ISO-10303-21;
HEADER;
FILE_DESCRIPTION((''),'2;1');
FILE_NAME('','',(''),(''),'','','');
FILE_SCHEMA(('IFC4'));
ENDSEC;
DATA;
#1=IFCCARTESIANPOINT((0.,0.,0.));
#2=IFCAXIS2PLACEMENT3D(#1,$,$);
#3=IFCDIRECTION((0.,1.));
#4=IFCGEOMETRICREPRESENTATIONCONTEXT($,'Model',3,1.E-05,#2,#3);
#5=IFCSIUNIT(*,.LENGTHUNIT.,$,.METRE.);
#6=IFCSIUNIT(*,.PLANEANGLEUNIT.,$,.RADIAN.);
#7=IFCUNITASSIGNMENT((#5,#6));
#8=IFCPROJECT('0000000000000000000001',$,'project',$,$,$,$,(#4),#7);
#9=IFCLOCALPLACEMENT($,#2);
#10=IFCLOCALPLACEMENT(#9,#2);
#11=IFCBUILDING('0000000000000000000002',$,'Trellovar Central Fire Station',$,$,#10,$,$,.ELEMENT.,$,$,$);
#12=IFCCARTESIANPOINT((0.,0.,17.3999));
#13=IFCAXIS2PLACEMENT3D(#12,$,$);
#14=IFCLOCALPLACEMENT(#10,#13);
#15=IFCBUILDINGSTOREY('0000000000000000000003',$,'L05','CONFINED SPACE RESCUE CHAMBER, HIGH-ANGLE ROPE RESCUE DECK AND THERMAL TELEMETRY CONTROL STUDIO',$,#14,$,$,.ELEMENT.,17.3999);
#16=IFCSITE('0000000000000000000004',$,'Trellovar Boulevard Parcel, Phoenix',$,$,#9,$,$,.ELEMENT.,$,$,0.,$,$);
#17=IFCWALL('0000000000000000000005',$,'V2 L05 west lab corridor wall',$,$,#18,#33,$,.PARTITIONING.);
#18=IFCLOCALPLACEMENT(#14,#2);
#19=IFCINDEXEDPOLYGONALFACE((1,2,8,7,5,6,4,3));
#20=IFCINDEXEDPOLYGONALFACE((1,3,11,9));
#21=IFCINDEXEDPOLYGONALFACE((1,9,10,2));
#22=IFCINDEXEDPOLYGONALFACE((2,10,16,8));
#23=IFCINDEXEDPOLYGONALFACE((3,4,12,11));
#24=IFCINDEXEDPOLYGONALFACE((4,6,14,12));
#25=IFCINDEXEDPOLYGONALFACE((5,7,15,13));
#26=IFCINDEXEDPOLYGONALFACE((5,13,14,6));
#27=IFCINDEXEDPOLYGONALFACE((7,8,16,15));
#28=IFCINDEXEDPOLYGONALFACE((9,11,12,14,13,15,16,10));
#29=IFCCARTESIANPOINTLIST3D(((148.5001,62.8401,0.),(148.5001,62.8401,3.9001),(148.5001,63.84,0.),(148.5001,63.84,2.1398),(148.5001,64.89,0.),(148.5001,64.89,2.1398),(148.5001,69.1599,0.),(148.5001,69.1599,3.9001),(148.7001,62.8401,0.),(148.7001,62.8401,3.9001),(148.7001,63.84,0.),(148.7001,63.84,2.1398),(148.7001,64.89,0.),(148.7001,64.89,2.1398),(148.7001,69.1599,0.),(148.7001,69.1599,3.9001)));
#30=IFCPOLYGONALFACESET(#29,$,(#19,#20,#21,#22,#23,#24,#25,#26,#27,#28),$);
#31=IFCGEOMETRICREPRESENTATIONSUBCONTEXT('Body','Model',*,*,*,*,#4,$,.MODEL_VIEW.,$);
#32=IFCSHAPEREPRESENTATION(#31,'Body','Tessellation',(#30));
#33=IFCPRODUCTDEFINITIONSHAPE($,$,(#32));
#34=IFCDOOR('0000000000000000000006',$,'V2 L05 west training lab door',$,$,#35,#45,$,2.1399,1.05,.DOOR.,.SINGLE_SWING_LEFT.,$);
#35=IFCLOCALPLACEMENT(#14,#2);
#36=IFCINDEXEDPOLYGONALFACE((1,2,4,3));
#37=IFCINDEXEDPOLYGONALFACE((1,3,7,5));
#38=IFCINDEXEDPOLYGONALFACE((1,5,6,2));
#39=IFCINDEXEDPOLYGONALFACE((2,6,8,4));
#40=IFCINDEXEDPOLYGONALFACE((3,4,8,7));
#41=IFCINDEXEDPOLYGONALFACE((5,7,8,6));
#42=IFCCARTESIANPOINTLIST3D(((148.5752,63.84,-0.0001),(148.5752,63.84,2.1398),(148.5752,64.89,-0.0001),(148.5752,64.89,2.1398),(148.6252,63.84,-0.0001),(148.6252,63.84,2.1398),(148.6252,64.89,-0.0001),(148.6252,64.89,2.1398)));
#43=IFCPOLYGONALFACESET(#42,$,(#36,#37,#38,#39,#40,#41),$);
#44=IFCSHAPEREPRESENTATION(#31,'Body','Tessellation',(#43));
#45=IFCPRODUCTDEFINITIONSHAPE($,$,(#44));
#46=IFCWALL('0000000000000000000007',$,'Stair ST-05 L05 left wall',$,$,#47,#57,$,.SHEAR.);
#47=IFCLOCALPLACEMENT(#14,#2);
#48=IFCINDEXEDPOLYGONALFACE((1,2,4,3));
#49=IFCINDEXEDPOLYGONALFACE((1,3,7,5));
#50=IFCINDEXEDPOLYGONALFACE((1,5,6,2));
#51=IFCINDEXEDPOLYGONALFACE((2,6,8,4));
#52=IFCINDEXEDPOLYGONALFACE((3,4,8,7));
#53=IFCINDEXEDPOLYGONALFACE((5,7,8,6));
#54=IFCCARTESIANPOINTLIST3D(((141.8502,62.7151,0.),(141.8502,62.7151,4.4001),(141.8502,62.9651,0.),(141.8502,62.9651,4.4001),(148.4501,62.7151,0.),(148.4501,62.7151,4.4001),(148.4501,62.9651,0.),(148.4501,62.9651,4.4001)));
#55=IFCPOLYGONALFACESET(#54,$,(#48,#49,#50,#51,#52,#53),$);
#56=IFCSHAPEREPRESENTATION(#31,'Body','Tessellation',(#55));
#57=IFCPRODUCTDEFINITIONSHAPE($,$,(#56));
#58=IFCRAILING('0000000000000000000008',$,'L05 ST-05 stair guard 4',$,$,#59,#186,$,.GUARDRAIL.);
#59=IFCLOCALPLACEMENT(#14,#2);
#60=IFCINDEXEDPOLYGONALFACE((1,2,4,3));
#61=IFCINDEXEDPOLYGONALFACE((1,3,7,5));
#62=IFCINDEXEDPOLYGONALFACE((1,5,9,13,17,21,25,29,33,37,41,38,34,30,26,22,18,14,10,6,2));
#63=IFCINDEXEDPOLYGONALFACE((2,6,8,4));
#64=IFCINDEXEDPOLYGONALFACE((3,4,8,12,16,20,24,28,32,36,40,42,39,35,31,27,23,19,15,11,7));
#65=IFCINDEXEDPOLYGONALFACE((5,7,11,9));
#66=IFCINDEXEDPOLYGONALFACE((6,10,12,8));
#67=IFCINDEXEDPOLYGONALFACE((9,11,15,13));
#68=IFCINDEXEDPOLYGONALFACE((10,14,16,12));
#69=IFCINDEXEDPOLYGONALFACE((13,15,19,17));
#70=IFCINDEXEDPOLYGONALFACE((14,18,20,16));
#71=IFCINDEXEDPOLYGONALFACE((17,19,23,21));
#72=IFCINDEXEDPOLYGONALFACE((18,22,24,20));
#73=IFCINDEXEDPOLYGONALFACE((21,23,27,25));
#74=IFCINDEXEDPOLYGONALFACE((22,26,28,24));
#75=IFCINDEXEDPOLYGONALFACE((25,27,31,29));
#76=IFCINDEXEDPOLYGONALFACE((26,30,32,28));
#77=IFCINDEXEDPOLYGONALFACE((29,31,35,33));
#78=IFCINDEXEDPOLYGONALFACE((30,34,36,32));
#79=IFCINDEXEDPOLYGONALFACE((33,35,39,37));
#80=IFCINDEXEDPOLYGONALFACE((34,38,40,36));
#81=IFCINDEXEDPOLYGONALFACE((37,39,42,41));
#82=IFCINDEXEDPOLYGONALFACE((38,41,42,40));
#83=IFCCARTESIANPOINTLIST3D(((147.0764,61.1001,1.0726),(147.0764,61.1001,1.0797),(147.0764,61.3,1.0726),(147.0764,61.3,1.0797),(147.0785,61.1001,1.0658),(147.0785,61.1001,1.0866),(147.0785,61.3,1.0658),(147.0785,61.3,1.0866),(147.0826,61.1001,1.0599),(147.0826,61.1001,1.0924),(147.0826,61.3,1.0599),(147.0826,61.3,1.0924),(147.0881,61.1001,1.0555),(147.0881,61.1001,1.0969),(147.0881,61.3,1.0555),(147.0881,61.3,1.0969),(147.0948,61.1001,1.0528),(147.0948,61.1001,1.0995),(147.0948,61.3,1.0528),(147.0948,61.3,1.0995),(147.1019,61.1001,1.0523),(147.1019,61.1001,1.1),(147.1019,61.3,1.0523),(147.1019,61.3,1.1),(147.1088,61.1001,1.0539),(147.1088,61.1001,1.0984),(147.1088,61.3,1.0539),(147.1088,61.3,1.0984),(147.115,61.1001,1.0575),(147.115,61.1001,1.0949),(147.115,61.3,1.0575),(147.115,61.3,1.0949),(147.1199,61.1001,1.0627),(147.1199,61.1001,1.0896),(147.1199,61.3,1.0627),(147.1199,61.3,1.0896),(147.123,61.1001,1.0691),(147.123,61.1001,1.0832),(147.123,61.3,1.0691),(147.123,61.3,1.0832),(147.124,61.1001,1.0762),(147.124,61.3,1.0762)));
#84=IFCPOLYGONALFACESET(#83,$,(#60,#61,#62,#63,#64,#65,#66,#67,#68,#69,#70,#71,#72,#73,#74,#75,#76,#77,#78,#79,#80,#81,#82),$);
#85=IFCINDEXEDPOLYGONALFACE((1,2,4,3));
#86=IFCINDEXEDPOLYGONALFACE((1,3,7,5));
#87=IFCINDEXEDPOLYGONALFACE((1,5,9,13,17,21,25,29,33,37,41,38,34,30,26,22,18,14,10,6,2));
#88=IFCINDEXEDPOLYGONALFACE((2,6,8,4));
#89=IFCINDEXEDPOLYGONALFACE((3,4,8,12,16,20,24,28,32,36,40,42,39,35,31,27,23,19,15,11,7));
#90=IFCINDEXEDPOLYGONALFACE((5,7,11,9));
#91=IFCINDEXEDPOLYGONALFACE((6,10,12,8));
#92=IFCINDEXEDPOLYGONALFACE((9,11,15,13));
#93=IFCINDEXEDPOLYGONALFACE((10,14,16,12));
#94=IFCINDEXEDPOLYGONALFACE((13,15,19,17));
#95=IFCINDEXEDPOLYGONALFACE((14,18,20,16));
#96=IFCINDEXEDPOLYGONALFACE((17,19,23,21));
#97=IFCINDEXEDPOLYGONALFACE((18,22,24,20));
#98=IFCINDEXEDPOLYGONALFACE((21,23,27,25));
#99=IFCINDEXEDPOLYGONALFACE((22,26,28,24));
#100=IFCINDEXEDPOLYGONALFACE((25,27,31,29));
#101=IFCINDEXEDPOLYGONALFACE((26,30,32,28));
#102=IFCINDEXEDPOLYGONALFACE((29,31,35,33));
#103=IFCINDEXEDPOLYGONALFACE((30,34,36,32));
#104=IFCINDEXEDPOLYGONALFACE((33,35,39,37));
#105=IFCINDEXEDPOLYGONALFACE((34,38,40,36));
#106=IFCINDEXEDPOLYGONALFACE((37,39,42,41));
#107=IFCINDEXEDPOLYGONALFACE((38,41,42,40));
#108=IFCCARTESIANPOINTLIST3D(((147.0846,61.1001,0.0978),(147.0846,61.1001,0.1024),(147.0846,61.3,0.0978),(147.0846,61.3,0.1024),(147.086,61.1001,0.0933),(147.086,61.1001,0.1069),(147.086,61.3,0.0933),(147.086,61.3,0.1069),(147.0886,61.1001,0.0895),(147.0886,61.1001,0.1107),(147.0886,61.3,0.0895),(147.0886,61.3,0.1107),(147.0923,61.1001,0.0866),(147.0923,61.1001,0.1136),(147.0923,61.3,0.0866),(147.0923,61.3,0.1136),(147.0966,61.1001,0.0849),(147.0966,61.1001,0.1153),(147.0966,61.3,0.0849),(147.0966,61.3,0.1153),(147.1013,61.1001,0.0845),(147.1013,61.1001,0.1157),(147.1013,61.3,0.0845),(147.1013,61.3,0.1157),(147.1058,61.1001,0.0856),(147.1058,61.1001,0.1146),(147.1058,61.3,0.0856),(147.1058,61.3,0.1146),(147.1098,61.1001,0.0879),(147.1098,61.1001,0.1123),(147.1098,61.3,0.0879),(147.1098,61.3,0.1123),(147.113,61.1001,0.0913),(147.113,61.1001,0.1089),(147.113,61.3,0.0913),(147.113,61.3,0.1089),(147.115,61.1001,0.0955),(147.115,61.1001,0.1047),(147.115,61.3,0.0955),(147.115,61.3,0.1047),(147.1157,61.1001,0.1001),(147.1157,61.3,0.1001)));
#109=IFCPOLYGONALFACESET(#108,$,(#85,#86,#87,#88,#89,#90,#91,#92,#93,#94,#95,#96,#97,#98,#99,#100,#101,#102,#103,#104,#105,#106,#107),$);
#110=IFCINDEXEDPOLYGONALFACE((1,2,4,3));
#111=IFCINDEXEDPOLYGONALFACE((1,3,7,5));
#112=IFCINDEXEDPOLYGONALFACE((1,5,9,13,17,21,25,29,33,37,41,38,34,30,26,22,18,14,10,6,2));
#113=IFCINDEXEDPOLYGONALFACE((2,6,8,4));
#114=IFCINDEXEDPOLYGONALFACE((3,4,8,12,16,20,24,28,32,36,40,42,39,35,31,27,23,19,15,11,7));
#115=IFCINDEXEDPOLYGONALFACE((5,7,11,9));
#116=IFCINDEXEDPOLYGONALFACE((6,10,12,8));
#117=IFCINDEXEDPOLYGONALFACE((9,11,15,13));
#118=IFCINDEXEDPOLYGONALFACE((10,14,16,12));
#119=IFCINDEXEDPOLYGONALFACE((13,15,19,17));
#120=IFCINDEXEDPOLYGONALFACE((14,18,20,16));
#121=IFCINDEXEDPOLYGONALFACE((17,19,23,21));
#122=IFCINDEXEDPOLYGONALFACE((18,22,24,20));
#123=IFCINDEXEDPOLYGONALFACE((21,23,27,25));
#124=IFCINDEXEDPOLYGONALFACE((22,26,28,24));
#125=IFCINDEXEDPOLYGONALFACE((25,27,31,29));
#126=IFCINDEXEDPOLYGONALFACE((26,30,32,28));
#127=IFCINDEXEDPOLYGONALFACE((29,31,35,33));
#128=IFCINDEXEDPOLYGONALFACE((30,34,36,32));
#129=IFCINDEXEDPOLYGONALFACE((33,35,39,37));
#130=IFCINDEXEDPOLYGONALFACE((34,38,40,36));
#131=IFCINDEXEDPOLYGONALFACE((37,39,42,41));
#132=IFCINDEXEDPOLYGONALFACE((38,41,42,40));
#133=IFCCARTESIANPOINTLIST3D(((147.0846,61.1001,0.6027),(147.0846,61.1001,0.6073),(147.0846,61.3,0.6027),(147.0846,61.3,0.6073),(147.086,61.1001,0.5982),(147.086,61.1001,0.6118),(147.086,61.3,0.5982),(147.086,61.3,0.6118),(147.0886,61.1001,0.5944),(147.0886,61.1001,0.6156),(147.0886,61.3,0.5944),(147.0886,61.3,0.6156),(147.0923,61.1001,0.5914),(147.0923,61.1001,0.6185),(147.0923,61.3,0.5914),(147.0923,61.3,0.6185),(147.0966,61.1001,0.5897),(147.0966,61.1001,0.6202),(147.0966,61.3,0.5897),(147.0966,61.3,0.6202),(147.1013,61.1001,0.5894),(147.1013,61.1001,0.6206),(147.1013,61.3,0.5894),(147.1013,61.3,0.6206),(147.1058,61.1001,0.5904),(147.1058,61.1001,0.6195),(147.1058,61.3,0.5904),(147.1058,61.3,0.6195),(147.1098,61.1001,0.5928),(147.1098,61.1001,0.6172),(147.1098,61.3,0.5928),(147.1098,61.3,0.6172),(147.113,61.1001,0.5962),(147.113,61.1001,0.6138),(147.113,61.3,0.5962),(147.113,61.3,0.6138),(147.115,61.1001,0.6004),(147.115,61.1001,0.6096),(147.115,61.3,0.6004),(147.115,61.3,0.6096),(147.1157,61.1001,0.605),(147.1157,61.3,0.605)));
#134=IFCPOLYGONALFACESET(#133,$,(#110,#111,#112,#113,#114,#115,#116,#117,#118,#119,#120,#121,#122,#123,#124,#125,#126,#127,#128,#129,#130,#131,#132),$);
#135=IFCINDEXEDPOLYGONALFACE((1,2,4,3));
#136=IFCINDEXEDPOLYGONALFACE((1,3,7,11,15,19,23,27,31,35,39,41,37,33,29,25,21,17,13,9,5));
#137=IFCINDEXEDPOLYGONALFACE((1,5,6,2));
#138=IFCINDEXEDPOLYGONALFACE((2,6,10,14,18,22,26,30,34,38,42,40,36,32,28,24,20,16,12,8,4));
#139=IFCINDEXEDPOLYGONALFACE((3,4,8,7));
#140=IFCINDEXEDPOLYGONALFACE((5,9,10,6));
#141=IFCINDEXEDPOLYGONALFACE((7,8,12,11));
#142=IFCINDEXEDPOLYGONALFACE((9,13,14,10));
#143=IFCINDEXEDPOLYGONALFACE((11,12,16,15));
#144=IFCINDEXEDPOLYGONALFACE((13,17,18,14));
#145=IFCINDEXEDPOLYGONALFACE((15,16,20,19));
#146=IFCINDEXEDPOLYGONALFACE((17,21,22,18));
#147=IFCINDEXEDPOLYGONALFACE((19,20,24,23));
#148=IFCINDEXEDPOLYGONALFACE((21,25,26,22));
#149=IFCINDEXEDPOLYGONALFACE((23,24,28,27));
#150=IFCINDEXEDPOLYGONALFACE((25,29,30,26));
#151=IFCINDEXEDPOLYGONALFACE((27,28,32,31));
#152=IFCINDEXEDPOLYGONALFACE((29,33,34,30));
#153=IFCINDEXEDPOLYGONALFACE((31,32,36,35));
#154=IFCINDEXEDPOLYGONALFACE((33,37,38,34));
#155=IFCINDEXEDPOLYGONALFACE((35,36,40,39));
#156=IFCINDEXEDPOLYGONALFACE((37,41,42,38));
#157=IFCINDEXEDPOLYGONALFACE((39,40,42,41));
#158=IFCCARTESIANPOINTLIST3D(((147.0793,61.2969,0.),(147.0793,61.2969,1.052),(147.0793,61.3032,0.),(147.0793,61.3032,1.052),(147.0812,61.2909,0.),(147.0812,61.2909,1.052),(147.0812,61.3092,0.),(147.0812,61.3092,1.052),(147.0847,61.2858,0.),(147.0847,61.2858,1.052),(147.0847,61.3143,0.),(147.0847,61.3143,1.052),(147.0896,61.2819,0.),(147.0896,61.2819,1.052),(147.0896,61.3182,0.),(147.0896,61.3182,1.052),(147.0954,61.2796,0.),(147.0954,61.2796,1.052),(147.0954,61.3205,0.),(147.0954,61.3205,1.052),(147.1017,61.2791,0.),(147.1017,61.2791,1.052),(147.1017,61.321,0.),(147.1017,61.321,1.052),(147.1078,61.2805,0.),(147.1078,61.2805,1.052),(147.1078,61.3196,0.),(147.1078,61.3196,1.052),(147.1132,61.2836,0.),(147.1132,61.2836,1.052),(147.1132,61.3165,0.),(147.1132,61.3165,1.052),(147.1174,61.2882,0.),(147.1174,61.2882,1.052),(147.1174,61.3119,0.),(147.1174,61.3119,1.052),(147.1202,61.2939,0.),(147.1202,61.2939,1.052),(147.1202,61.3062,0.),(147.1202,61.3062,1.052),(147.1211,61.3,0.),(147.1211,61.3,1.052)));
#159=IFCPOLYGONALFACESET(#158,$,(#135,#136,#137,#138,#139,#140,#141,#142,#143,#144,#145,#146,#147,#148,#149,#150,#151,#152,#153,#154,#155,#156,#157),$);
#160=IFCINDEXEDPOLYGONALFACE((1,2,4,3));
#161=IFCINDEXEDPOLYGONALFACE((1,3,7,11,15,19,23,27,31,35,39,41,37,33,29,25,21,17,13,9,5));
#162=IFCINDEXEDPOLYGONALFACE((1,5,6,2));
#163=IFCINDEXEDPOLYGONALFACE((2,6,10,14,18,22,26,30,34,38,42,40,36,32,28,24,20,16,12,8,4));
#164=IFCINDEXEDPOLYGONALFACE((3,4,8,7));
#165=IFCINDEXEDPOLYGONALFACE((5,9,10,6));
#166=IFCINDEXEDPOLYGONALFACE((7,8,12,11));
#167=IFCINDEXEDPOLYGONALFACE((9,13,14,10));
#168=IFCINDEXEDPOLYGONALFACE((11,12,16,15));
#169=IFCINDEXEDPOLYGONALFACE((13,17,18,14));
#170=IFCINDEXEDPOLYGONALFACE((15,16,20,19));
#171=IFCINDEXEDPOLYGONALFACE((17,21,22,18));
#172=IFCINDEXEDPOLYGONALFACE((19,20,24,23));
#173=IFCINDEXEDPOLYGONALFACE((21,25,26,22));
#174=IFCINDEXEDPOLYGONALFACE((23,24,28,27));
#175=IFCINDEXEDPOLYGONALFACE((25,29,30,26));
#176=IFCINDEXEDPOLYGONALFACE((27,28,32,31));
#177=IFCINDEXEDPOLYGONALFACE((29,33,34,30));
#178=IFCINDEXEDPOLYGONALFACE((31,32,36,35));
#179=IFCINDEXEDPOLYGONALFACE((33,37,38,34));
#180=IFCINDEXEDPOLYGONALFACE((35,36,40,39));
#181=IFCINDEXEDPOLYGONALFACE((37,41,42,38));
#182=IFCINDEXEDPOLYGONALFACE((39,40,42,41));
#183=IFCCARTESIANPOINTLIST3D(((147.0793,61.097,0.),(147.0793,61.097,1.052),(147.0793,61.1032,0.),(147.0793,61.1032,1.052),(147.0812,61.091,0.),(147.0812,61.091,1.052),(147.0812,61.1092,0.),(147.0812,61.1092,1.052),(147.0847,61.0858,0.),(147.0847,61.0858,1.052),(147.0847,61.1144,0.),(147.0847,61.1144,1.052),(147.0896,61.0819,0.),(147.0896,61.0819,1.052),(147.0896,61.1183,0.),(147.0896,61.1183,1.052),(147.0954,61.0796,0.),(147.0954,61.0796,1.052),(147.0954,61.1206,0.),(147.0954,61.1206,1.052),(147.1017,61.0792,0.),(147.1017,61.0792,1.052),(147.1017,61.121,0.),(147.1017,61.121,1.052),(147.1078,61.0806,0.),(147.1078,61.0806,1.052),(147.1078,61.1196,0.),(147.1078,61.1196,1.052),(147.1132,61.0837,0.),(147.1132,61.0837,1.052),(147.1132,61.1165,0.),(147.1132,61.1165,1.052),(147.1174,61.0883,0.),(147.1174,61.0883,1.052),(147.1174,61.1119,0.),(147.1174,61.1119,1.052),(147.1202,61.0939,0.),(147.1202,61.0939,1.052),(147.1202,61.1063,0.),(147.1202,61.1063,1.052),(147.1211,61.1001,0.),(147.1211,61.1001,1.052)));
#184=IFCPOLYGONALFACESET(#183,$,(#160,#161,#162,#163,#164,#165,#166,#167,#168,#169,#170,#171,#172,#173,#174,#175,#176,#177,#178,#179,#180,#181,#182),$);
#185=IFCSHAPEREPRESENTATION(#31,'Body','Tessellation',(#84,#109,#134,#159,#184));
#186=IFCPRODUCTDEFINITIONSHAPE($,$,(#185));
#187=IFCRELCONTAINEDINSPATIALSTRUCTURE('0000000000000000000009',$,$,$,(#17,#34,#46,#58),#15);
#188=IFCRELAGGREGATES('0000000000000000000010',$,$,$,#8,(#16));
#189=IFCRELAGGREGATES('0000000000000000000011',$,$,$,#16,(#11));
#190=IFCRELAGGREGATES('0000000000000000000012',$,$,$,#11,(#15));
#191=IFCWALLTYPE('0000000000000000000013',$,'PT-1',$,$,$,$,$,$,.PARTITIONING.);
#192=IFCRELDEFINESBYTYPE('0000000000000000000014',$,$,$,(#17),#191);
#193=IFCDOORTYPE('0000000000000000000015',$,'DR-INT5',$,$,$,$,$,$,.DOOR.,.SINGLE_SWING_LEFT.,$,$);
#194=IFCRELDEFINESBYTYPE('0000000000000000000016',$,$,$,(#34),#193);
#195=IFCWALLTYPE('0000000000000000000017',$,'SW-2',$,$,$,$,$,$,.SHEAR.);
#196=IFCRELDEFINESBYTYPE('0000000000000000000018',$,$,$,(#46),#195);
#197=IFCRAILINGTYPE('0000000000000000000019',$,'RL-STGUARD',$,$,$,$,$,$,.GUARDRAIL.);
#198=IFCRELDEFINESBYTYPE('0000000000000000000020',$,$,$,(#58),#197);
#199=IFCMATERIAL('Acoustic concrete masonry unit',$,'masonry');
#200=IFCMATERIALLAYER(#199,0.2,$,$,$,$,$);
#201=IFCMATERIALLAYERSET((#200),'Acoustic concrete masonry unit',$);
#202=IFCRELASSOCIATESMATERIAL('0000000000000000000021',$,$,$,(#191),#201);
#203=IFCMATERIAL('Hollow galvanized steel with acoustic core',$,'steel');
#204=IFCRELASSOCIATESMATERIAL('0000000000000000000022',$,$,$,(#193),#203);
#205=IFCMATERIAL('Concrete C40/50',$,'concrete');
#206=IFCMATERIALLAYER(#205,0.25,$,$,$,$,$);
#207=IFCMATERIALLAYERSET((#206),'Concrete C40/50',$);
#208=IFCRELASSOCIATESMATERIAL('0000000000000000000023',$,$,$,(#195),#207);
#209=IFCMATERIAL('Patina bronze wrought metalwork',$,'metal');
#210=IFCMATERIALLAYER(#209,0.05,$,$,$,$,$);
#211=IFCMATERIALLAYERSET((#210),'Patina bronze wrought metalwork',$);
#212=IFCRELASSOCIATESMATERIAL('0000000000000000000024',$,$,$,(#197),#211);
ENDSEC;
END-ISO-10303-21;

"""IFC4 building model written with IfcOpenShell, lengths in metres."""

from ifc_helpers import new_model, si_unit, direction, frame, frame_2d, origin, origin_2d, place, context, subcontext, project, spatial, rectangle, circle, extrude, material, layer, layer_set, type_object, element, fill, save


model = new_model("IFC4")

# Units and contexts
model_context = context("Model", 3, precision=1e-05, world=origin(), true_north=direction((0.0, 1.0)))
body_context = subcontext(model_context, "Body", "Model", "MODEL_VIEW")
ifc_project = project(units=[si_unit("LENGTHUNIT", "METRE"), si_unit("PLANEANGLEUNIT", "RADIAN")], contexts=[model_context])

# Site, building, storey
site_placement = place(None, origin())
site = spatial("IfcSite", under=ifc_project, at=site_placement, Name="Trellovar Boulevard Parcel, Phoenix", CompositionType="ELEMENT", RefElevation=0.0)
building_placement = place(site_placement, origin())
building = spatial("IfcBuilding", under=site, at=building_placement, Name="Trellovar Central Fire Station", CompositionType="ELEMENT")
storey_placement = place(building_placement, frame((0.0, 0.0, 17.3999)))
storey = spatial("IfcBuildingStorey", under=building, at=storey_placement, Name="L05", Description="CONFINED SPACE RESCUE CHAMBER, HIGH-ANGLE ROPE RESCUE DECK AND THERMAL TELEMETRY CONTROL STUDIO", CompositionType="ELEMENT", Elevation=17.3999)

# Wall, opening, door
ifc_material_1 = material(Name="Acoustic concrete masonry unit", Category="masonry")
ifc_layer_1 = layer(ifc_material_1, 0.2)
ifc_layer_set_1 = layer_set([ifc_layer_1], Name="Acoustic concrete masonry unit")
wall_type_1 = type_object("IfcWallType", Name="PT-1", PredefinedType="PARTITIONING", material=ifc_layer_set_1)
wall_1_placement = place(storey_placement, frame((148.6001, 62.8401, 0.0), z_axis=(0.0, 0.0, 1.0), x_axis=(0.0, 1.0, 0.0)))
wall_1 = element("IfcWall", 1, at=wall_1_placement, inside=storey, type_object=wall_type_1, Name="V2 L05 west lab corridor wall", PredefinedType="PARTITIONING", context=body_context, shape_type="SweptSolid", body=[
    extrude(rectangle(XDim=6.3198, YDim=0.2, at=frame_2d((3.1599, 0.0))), origin(), (0.0, 0.0, 1.0), 3.9001),
])
opening_1_placement = place(wall_1_placement, frame((1.0, 0.0, 0.0)))
opening_1 = element("IfcOpeningElement", 2, at=opening_1_placement, cuts=wall_1, PredefinedType="OPENING", context=body_context, shape_type="SweptSolid", body=[
    extrude(rectangle(XDim=1.05, YDim=2.1399, at=frame_2d((0.5249, 1.0698))), frame((0.0, 0.1099, 0.0), z_axis=(0.0, -1.0, 0.0), x_axis=(1.0, 0.0, 0.0)), (0.0, 0.0, 1.0), 0.22),
])
ifc_material_2 = material(Name="Hollow galvanized steel with acoustic core", Category="steel")
door_type_1 = type_object("IfcDoorType", Name="DR-INT5", OperationType="SINGLE_SWING_LEFT", PredefinedType="DOOR", material=ifc_material_2)
door_1_placement = place(opening_1_placement, origin())
door_1 = element("IfcDoor", 3, at=door_1_placement, inside=storey, type_object=door_type_1, Name="V2 L05 west training lab door", OperationType="SINGLE_SWING_LEFT", OverallHeight=2.1399, OverallWidth=1.05, PredefinedType="DOOR", context=body_context, shape_type="SweptSolid", body=[
    extrude(rectangle(XDim=1.05, YDim=2.1399, at=frame_2d((0.5249, 1.0698))), frame((0.0, 0.0249, 0.0), z_axis=(0.0, -1.0, 0.0), x_axis=(1.0, 0.0, 0.0)), (0.0, 0.0, 1.0), 0.05),
])
fill(opening_1, door_1)

# Wall
ifc_material_3 = material(Name="Concrete C40/50", Category="concrete")
ifc_layer_2 = layer(ifc_material_3, 0.25)
ifc_layer_set_2 = layer_set([ifc_layer_2], Name="Concrete C40/50")
wall_type_2 = type_object("IfcWallType", Name="SW-2", PredefinedType="SHEAR", material=ifc_layer_set_2)
wall_2_placement = place(storey_placement, frame((148.45, 62.8401, 0.0), z_axis=(0.0, 0.0, 1.0), x_axis=(-1.0, 0.0, 0.0)))
element("IfcWall", 4, at=wall_2_placement, inside=storey, type_object=wall_type_2, Name="Stair ST-05 L05 left wall", PredefinedType="SHEAR", context=body_context, shape_type="SweptSolid", body=[
    extrude(rectangle(XDim=6.5999, YDim=0.25, at=frame_2d((3.2998, 0.0))), origin(), (0.0, 0.0, 1.0), 4.4001),
])

# Railing
ifc_material_4 = material(Name="Patina bronze wrought metalwork", Category="metal")
ifc_layer_3 = layer(ifc_material_4, 0.05)
ifc_layer_set_3 = layer_set([ifc_layer_3], Name="Patina bronze wrought metalwork")
railing_type = type_object("IfcRailingType", Name="RL-STGUARD", PredefinedType="GUARDRAIL", material=ifc_layer_set_3)
railing_placement = place(storey_placement, frame((147.1001, 61.3, 0.0)))
element("IfcRailing", 5, at=railing_placement, inside=storey, type_object=railing_type, Name="L05 ST-05 stair guard 4", PredefinedType="GUARDRAIL", context=body_context, shape_type="SweptSolid", body=[
    extrude(circle(Radius=0.0239, at=origin_2d()), frame((0.0, 0.0, 1.0762), z_axis=(0.0, -1.0, 0.0), x_axis=(1.0, 0.0, 0.0)), (0.0, 0.0, 1.0), 0.2),
    extrude(circle(Radius=0.0156, at=origin_2d()), frame((0.0, 0.0, 0.1001), z_axis=(0.0, -1.0, 0.0), x_axis=(1.0, 0.0, 0.0)), (0.0, 0.0, 1.0), 0.2),
    extrude(circle(Radius=0.0156, at=origin_2d()), frame((0.0, 0.0, 0.605), z_axis=(0.0, -1.0, 0.0), x_axis=(1.0, 0.0, 0.0)), (0.0, 0.0, 1.0), 0.2),
    extrude(circle(Radius=0.021, at=origin_2d()), origin(), (0.0, 0.0, 1.0), 1.052),
    extrude(circle(Radius=0.021, at=origin_2d()), frame((0.0, -0.2, 0.0)), (0.0, 0.0, 1.0), 1.052),
])

save(model, "model.ifc")
